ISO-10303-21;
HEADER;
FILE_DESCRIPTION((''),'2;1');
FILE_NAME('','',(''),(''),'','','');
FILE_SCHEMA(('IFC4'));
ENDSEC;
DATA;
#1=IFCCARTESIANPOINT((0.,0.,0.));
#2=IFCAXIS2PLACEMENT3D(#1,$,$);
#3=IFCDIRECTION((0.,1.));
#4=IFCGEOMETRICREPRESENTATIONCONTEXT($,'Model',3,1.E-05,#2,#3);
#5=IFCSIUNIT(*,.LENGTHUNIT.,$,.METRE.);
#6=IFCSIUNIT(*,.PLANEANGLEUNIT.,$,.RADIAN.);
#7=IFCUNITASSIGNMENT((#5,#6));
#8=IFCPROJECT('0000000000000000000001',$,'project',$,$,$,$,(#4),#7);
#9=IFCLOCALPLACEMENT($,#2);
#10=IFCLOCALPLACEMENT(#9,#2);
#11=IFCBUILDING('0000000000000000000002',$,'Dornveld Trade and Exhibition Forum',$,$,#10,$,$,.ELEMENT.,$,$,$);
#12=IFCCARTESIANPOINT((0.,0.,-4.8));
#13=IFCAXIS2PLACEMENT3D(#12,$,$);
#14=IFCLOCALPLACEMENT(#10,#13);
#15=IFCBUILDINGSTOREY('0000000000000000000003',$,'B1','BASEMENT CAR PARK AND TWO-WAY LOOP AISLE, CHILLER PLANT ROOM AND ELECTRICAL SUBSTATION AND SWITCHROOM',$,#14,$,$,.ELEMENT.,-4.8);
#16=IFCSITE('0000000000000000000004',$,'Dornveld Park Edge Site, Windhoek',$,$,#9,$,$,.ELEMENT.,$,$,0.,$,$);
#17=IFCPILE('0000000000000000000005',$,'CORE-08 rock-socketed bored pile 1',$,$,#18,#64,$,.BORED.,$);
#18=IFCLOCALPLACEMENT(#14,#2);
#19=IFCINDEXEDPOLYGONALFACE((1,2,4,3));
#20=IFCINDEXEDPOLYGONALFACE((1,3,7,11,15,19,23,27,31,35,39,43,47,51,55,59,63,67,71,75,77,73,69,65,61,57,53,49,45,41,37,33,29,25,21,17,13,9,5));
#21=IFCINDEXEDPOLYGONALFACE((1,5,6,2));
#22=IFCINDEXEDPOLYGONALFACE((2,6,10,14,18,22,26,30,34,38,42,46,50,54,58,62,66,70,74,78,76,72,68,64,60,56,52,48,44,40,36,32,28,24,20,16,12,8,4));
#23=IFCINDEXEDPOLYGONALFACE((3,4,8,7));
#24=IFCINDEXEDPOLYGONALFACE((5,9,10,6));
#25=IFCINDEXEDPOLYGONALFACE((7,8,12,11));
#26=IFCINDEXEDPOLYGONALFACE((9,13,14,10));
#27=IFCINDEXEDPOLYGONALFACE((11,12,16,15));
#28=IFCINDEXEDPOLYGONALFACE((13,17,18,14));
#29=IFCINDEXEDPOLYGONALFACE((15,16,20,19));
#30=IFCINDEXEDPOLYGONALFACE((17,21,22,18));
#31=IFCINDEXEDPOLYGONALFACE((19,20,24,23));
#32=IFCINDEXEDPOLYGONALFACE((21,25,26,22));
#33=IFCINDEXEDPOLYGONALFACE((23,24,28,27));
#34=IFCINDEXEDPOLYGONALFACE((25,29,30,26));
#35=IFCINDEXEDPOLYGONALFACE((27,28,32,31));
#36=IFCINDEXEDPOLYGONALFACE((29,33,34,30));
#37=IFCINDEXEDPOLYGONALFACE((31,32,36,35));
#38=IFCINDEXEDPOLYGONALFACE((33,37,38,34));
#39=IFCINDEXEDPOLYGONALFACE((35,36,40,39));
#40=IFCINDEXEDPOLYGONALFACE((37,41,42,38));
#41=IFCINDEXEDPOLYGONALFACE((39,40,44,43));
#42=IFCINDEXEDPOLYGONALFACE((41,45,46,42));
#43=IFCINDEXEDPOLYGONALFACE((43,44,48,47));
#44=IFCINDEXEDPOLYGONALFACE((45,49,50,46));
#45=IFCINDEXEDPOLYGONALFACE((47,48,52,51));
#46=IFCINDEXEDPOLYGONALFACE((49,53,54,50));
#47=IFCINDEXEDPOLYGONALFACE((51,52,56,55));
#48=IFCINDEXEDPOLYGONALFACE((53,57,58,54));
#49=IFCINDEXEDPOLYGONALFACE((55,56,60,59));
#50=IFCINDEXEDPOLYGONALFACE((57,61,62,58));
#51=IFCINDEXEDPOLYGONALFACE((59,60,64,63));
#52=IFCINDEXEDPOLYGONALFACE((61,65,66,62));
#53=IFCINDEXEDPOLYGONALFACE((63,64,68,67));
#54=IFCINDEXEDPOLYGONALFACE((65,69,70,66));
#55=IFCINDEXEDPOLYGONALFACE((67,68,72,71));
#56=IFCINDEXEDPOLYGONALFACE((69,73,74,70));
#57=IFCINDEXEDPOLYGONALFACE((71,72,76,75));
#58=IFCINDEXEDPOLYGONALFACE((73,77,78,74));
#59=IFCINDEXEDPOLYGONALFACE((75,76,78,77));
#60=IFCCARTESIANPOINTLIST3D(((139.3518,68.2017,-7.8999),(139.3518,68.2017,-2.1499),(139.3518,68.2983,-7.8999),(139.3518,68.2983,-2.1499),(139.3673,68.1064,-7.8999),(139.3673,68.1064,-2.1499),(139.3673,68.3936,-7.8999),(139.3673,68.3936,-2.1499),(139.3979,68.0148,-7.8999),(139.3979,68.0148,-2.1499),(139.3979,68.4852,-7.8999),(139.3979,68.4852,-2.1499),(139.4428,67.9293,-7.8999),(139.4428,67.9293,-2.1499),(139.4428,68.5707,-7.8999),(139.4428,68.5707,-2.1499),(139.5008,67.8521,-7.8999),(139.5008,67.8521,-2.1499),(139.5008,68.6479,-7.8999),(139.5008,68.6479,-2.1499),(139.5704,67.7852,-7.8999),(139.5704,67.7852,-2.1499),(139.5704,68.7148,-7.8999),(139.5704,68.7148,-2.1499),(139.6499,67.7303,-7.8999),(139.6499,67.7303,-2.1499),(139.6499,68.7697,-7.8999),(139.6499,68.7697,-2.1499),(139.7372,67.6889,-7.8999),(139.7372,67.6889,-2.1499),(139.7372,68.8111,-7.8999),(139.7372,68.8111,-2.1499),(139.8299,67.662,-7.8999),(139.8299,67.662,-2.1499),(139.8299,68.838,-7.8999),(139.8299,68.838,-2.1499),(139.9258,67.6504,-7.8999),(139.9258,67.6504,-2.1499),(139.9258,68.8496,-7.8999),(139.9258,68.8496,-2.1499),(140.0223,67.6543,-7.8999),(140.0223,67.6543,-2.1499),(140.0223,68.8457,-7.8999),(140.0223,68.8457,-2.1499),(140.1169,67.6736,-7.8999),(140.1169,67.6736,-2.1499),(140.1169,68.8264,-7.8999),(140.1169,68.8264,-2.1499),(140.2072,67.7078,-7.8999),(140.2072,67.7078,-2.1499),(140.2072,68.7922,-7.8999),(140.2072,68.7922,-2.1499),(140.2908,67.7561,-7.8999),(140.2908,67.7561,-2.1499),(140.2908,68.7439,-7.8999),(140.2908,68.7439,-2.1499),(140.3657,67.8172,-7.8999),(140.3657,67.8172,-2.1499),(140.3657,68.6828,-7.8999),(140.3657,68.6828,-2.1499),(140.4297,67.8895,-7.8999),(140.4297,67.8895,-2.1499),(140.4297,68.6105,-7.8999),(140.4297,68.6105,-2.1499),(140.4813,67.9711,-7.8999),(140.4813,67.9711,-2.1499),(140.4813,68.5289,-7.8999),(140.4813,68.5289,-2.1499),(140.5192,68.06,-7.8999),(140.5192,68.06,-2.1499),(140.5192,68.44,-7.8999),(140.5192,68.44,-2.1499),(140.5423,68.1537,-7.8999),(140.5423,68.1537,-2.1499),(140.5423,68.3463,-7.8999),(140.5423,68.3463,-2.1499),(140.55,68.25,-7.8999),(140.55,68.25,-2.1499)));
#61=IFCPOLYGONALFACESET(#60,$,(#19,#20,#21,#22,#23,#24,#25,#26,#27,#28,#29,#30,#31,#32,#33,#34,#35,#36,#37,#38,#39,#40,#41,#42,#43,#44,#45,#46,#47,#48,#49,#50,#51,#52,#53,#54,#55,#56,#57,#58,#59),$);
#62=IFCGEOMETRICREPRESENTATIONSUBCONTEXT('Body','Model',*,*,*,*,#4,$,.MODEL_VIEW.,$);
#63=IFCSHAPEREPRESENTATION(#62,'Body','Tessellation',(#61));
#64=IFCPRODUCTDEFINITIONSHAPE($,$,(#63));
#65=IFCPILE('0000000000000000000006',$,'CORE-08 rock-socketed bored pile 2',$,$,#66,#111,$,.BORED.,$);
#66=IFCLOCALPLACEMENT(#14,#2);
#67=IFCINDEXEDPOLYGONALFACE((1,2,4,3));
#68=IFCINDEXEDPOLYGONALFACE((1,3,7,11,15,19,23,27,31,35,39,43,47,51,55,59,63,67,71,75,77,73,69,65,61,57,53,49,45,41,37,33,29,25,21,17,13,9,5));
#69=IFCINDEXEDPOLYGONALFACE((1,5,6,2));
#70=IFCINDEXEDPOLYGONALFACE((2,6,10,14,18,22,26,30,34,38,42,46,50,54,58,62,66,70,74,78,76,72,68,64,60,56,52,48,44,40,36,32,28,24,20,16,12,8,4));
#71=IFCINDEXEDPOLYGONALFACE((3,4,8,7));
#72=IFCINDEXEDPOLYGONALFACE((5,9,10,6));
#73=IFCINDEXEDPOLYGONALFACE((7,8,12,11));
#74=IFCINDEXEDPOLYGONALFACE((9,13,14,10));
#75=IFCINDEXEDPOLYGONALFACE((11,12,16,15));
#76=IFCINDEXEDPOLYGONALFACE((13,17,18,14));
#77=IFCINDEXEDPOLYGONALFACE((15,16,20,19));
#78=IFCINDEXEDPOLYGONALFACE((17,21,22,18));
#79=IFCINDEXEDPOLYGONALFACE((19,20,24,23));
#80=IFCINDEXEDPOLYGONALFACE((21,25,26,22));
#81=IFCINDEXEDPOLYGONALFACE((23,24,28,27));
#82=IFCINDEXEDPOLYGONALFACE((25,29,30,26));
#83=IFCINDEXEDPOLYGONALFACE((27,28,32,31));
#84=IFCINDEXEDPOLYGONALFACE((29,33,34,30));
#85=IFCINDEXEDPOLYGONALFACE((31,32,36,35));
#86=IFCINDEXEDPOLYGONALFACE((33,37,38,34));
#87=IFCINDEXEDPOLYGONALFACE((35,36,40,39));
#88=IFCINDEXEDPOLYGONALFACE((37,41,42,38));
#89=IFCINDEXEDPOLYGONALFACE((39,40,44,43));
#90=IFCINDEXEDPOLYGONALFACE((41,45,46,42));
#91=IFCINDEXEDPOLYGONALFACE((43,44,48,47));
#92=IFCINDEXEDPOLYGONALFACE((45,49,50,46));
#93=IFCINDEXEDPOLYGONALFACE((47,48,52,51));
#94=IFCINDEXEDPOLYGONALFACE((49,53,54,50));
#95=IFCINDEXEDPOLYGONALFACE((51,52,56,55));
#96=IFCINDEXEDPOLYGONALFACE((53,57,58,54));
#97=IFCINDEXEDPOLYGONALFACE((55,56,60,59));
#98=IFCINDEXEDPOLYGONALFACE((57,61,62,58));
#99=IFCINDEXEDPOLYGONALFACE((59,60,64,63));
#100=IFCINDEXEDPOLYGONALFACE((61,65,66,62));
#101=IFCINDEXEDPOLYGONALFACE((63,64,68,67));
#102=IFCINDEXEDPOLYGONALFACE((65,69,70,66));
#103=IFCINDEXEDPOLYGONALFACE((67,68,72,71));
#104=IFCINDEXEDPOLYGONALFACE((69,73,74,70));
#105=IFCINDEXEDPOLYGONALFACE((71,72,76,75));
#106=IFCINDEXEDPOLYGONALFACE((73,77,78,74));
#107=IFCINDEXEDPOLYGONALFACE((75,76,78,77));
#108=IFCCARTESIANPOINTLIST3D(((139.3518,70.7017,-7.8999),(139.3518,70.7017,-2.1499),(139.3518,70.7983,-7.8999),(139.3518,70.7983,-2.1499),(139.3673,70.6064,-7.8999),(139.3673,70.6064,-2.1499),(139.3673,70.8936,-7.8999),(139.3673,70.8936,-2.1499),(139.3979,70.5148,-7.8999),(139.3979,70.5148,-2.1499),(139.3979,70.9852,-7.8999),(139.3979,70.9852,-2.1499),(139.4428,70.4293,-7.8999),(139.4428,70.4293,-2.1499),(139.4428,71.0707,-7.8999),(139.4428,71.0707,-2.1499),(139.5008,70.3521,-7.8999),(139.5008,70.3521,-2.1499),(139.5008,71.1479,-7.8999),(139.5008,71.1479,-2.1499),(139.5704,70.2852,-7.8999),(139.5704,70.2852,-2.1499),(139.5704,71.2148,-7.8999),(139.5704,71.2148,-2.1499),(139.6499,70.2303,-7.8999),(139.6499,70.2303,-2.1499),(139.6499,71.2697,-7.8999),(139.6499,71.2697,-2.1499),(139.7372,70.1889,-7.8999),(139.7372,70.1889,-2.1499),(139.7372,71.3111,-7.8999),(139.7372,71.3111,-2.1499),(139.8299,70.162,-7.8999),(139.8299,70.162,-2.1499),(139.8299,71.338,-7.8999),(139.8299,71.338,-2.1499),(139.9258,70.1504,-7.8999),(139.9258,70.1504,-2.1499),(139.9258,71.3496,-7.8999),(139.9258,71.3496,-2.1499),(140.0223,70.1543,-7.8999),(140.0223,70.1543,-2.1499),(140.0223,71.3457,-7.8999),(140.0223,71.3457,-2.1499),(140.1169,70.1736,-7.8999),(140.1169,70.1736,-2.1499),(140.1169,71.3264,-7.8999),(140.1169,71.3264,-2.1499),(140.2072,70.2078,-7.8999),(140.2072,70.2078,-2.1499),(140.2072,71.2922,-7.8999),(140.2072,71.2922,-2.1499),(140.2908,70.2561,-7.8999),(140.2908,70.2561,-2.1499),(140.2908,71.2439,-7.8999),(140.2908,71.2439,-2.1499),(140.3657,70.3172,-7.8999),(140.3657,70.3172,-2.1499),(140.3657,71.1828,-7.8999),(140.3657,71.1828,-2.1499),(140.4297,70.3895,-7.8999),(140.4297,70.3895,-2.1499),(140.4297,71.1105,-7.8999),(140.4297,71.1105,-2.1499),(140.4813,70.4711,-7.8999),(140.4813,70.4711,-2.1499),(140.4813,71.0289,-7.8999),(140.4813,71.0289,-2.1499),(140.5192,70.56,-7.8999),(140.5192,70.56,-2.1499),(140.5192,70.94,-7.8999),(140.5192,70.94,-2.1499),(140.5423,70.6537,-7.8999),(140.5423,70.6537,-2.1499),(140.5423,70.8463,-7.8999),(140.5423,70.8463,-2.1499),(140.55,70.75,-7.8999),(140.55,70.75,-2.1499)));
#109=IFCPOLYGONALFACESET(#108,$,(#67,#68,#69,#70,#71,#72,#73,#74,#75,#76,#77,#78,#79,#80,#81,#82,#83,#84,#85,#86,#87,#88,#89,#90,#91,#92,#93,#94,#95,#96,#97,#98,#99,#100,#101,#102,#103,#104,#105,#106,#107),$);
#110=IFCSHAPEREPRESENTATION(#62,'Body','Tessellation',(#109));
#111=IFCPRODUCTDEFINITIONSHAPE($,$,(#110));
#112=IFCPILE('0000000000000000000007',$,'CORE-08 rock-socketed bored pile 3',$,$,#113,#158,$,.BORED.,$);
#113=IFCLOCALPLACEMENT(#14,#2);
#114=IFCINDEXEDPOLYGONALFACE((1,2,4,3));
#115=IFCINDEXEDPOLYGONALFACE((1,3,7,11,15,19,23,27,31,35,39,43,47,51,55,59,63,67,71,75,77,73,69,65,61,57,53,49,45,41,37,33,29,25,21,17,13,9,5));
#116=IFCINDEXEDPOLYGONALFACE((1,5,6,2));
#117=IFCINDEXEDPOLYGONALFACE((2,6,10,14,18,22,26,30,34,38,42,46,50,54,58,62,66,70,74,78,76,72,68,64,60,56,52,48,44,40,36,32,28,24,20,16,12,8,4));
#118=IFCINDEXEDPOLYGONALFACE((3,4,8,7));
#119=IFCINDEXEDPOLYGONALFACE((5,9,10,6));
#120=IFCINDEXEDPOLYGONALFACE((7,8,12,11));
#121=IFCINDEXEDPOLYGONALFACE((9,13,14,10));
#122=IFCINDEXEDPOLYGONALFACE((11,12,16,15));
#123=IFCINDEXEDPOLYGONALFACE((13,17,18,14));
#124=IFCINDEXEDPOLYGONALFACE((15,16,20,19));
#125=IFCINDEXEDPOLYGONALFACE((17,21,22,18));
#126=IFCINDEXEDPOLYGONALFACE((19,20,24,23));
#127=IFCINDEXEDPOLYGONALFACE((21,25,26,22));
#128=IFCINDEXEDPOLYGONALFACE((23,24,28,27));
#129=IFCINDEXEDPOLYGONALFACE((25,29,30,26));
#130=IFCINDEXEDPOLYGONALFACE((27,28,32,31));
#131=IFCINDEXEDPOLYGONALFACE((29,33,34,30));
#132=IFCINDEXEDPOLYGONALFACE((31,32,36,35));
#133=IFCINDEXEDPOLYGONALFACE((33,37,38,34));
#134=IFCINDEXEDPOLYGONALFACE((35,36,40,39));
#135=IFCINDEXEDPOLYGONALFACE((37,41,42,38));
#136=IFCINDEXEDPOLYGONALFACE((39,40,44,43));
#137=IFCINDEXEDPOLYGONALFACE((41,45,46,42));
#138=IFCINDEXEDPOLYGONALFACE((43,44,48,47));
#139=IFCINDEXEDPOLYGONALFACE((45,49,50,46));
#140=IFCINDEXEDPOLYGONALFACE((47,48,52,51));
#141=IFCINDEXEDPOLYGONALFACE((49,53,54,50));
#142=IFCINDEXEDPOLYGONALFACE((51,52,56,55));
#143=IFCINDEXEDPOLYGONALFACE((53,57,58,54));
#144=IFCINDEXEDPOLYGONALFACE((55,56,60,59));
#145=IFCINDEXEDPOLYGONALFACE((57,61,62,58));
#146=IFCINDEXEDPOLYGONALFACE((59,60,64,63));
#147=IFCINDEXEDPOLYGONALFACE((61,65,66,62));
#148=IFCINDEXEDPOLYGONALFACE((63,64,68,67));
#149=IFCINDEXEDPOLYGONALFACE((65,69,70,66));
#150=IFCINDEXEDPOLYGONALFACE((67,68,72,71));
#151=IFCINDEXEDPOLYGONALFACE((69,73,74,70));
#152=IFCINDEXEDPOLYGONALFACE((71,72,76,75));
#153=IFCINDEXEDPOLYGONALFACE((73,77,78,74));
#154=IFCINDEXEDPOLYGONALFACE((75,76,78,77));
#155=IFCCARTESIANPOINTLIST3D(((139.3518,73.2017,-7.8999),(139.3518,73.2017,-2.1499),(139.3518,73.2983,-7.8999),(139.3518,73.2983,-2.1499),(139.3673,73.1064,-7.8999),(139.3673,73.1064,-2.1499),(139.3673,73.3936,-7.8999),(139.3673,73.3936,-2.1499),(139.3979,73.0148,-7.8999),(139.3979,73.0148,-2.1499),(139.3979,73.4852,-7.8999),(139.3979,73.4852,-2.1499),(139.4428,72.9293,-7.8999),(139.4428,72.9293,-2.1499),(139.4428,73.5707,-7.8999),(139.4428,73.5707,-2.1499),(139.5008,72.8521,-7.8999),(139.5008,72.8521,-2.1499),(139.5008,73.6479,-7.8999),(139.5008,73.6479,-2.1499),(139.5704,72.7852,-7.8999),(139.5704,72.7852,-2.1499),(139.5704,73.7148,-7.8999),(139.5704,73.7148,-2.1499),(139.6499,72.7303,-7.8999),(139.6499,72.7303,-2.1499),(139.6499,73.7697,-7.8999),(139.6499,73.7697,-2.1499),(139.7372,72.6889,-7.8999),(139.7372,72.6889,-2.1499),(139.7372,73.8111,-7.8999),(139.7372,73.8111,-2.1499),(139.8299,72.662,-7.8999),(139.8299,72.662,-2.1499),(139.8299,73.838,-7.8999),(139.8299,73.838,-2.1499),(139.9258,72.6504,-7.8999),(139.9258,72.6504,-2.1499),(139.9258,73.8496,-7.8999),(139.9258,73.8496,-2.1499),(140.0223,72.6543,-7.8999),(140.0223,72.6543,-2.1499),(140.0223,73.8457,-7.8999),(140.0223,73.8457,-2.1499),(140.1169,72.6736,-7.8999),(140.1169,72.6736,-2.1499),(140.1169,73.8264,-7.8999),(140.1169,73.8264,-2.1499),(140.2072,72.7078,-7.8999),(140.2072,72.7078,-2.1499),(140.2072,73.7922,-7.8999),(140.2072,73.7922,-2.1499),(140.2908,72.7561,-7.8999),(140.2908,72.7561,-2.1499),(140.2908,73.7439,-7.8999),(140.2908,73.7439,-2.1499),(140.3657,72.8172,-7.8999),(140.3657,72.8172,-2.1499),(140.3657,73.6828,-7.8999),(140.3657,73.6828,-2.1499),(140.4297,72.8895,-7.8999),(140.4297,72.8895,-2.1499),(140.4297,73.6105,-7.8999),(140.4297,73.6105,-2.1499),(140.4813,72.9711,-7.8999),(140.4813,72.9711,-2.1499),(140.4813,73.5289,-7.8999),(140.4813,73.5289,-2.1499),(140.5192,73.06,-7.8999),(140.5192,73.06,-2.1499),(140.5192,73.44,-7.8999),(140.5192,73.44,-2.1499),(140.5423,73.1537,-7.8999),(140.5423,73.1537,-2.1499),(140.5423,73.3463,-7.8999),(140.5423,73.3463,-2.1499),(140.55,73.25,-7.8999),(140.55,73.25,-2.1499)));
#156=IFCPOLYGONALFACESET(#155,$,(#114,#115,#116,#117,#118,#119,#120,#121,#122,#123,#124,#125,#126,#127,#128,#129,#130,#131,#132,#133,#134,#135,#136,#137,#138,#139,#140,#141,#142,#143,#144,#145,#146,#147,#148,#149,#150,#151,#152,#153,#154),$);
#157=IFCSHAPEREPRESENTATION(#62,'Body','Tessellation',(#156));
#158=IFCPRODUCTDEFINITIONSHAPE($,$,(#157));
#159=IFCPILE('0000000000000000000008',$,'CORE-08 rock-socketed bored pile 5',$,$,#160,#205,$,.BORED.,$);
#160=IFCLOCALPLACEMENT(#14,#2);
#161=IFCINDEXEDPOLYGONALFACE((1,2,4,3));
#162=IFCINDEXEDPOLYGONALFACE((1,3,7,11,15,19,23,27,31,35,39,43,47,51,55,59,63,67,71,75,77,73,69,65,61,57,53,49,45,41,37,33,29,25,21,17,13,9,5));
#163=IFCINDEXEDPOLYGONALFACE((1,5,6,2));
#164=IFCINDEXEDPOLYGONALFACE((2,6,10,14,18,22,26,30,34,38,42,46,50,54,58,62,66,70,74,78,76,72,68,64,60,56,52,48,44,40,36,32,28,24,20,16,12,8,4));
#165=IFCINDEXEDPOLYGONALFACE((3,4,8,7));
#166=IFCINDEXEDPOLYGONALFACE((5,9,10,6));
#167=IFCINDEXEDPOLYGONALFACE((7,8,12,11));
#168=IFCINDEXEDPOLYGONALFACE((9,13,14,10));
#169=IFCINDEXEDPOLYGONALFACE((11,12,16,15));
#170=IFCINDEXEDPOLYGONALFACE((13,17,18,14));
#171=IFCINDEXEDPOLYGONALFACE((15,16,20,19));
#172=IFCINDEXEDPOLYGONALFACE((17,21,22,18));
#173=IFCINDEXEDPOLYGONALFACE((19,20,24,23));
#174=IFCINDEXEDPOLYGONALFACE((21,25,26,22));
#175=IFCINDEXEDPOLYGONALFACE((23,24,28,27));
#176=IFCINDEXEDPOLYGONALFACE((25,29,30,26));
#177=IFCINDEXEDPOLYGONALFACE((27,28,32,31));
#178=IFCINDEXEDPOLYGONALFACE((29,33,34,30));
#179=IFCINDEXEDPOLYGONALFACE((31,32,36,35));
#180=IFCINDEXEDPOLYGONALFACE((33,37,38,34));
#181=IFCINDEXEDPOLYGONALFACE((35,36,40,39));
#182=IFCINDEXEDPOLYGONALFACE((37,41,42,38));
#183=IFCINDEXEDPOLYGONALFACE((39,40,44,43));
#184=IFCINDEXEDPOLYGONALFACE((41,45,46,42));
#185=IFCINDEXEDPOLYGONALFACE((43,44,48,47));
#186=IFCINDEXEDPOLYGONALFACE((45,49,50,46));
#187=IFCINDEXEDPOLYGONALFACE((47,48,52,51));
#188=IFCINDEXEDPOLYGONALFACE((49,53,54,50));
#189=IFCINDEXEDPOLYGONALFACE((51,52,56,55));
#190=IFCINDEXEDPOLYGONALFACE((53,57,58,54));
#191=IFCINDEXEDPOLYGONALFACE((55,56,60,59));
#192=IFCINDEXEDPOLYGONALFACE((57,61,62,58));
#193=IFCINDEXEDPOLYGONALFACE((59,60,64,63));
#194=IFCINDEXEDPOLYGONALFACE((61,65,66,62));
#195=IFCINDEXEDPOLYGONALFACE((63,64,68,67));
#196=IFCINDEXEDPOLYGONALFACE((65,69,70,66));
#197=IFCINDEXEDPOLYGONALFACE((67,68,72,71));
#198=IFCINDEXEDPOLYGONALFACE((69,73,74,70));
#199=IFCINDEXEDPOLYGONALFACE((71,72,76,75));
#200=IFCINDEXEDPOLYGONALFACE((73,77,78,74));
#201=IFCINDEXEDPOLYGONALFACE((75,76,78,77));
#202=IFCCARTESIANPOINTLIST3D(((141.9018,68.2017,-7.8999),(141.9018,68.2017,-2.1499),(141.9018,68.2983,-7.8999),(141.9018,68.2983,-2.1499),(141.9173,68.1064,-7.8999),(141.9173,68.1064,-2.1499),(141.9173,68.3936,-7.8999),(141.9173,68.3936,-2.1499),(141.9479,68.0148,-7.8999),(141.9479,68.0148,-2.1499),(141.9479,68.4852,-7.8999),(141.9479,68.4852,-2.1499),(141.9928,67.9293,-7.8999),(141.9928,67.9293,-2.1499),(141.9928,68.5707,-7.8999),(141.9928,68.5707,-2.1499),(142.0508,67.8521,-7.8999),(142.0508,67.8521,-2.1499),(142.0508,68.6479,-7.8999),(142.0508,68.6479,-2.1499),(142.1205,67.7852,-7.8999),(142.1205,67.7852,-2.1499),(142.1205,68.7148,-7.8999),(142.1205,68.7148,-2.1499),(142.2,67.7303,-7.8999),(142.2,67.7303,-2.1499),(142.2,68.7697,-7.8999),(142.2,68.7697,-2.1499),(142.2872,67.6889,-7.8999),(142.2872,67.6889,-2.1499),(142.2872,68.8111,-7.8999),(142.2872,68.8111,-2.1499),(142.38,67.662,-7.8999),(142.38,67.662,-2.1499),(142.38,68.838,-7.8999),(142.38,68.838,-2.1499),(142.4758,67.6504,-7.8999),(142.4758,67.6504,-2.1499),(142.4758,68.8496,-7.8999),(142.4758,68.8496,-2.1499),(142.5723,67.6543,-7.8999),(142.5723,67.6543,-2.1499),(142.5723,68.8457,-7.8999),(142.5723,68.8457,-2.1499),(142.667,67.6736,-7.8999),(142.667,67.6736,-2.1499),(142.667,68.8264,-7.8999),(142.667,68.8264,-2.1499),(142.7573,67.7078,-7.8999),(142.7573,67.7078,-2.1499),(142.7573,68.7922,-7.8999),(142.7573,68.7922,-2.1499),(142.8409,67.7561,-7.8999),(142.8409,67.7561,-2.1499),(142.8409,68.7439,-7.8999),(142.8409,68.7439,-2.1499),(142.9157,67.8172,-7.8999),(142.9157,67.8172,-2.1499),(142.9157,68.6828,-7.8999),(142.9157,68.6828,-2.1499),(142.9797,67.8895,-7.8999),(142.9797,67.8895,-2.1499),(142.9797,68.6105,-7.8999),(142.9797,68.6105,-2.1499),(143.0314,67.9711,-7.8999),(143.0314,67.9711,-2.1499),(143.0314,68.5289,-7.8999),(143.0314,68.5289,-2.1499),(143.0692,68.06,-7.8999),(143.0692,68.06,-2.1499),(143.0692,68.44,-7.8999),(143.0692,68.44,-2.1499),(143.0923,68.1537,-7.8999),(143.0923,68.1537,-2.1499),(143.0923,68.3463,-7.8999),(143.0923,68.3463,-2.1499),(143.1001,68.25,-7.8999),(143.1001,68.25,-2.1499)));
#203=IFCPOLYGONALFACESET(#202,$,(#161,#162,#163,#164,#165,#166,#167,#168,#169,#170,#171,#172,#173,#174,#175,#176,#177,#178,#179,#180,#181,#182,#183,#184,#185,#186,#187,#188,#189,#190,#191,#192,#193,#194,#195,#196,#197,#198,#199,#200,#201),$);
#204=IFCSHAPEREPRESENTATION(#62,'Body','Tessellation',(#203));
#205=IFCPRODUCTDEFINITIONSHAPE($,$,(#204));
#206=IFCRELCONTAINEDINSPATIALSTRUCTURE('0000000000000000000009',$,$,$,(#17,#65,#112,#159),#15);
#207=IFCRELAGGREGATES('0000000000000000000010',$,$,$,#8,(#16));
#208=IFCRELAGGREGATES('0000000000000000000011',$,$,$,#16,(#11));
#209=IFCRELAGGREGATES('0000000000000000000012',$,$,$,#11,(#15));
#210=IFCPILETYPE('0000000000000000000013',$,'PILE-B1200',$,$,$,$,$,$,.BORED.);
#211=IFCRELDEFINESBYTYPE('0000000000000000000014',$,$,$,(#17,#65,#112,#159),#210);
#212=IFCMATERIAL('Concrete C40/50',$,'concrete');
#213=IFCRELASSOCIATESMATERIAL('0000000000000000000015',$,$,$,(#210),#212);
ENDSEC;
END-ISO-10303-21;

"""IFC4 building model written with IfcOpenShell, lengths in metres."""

from ifc_helpers import new_model, si_unit, direction, frame, origin, origin_2d, place, context, subcontext, project, spatial, circle, extrude, material, material_profile, profile_set, type_object, element, save


model = new_model("IFC4")

# Units and contexts
model_context = context("Model", 3, precision=1e-05, world=origin(), true_north=direction((0.0, 1.0)))
body_context = subcontext(model_context, "Body", "Model", "MODEL_VIEW")
ifc_project = project(units=[si_unit("LENGTHUNIT", "METRE"), si_unit("PLANEANGLEUNIT", "RADIAN")], contexts=[model_context])

# Site, building, storey
site_placement = place(None, origin())
site = spatial("IfcSite", under=ifc_project, at=site_placement, Name="Dornveld Park Edge Site, Windhoek", CompositionType="ELEMENT", RefElevation=0.0)
building_placement = place(site_placement, origin())
building = spatial("IfcBuilding", under=site, at=building_placement, Name="Dornveld Trade and Exhibition Forum", CompositionType="ELEMENT")
storey_placement = place(building_placement, frame((0.0, 0.0, -4.8)))
storey = spatial("IfcBuildingStorey", under=building, at=storey_placement, Name="B1", Description="BASEMENT CAR PARK AND TWO-WAY LOOP AISLE, CHILLER PLANT ROOM AND ELECTRICAL SUBSTATION AND SWITCHROOM", CompositionType="ELEMENT", Elevation=-4.8)

# Piles
ifc_material_1 = material(Name="Concrete C40/50", Category="concrete")
ifc_material_profile_1 = material_profile(ifc_material_1, circle(Radius=0.6001, at=origin_2d()), Name="PILE D1200")
ifc_profile_set_1 = profile_set([ifc_material_profile_1], Name="Concrete C40/50")
pile_type_1 = type_object("IfcPileType", Name="PILE-B1200", PredefinedType="BORED", material=ifc_profile_set_1)
for number, where, z_axis, x_axis, name in (
    (1, (139.95, 68.25, -2.1499), (0.0, 0.0, -1.0), (1.0, 0.0, 0.0), "CORE-08 rock-socketed bored pile 1"),
    (2, (139.95, 70.75, -2.1499), (0.0, 0.0, -1.0), (1.0, 0.0, 0.0), "CORE-08 rock-socketed bored pile 2"),
    (3, (139.95, 73.25, -2.1499), (0.0, 0.0, -1.0), (1.0, 0.0, 0.0), "CORE-08 rock-socketed bored pile 3"),
    (4, (142.5, 68.25, -2.1499), (0.0, 0.0, -1.0), (1.0, 0.0, 0.0), "CORE-08 rock-socketed bored pile 5"),
):
    element("IfcPile", number, at=place(storey_placement, frame(where, z_axis=z_axis, x_axis=x_axis)), inside=storey, type_object=pile_type_1, Name=name, PredefinedType="BORED", context=body_context, shape_type="SweptSolid", body=[
        extrude(circle(Radius=0.6001, at=origin_2d()), origin(), (0.0, 0.0, 1.0), 5.75),
    ])

save(model, "model.ifc")
